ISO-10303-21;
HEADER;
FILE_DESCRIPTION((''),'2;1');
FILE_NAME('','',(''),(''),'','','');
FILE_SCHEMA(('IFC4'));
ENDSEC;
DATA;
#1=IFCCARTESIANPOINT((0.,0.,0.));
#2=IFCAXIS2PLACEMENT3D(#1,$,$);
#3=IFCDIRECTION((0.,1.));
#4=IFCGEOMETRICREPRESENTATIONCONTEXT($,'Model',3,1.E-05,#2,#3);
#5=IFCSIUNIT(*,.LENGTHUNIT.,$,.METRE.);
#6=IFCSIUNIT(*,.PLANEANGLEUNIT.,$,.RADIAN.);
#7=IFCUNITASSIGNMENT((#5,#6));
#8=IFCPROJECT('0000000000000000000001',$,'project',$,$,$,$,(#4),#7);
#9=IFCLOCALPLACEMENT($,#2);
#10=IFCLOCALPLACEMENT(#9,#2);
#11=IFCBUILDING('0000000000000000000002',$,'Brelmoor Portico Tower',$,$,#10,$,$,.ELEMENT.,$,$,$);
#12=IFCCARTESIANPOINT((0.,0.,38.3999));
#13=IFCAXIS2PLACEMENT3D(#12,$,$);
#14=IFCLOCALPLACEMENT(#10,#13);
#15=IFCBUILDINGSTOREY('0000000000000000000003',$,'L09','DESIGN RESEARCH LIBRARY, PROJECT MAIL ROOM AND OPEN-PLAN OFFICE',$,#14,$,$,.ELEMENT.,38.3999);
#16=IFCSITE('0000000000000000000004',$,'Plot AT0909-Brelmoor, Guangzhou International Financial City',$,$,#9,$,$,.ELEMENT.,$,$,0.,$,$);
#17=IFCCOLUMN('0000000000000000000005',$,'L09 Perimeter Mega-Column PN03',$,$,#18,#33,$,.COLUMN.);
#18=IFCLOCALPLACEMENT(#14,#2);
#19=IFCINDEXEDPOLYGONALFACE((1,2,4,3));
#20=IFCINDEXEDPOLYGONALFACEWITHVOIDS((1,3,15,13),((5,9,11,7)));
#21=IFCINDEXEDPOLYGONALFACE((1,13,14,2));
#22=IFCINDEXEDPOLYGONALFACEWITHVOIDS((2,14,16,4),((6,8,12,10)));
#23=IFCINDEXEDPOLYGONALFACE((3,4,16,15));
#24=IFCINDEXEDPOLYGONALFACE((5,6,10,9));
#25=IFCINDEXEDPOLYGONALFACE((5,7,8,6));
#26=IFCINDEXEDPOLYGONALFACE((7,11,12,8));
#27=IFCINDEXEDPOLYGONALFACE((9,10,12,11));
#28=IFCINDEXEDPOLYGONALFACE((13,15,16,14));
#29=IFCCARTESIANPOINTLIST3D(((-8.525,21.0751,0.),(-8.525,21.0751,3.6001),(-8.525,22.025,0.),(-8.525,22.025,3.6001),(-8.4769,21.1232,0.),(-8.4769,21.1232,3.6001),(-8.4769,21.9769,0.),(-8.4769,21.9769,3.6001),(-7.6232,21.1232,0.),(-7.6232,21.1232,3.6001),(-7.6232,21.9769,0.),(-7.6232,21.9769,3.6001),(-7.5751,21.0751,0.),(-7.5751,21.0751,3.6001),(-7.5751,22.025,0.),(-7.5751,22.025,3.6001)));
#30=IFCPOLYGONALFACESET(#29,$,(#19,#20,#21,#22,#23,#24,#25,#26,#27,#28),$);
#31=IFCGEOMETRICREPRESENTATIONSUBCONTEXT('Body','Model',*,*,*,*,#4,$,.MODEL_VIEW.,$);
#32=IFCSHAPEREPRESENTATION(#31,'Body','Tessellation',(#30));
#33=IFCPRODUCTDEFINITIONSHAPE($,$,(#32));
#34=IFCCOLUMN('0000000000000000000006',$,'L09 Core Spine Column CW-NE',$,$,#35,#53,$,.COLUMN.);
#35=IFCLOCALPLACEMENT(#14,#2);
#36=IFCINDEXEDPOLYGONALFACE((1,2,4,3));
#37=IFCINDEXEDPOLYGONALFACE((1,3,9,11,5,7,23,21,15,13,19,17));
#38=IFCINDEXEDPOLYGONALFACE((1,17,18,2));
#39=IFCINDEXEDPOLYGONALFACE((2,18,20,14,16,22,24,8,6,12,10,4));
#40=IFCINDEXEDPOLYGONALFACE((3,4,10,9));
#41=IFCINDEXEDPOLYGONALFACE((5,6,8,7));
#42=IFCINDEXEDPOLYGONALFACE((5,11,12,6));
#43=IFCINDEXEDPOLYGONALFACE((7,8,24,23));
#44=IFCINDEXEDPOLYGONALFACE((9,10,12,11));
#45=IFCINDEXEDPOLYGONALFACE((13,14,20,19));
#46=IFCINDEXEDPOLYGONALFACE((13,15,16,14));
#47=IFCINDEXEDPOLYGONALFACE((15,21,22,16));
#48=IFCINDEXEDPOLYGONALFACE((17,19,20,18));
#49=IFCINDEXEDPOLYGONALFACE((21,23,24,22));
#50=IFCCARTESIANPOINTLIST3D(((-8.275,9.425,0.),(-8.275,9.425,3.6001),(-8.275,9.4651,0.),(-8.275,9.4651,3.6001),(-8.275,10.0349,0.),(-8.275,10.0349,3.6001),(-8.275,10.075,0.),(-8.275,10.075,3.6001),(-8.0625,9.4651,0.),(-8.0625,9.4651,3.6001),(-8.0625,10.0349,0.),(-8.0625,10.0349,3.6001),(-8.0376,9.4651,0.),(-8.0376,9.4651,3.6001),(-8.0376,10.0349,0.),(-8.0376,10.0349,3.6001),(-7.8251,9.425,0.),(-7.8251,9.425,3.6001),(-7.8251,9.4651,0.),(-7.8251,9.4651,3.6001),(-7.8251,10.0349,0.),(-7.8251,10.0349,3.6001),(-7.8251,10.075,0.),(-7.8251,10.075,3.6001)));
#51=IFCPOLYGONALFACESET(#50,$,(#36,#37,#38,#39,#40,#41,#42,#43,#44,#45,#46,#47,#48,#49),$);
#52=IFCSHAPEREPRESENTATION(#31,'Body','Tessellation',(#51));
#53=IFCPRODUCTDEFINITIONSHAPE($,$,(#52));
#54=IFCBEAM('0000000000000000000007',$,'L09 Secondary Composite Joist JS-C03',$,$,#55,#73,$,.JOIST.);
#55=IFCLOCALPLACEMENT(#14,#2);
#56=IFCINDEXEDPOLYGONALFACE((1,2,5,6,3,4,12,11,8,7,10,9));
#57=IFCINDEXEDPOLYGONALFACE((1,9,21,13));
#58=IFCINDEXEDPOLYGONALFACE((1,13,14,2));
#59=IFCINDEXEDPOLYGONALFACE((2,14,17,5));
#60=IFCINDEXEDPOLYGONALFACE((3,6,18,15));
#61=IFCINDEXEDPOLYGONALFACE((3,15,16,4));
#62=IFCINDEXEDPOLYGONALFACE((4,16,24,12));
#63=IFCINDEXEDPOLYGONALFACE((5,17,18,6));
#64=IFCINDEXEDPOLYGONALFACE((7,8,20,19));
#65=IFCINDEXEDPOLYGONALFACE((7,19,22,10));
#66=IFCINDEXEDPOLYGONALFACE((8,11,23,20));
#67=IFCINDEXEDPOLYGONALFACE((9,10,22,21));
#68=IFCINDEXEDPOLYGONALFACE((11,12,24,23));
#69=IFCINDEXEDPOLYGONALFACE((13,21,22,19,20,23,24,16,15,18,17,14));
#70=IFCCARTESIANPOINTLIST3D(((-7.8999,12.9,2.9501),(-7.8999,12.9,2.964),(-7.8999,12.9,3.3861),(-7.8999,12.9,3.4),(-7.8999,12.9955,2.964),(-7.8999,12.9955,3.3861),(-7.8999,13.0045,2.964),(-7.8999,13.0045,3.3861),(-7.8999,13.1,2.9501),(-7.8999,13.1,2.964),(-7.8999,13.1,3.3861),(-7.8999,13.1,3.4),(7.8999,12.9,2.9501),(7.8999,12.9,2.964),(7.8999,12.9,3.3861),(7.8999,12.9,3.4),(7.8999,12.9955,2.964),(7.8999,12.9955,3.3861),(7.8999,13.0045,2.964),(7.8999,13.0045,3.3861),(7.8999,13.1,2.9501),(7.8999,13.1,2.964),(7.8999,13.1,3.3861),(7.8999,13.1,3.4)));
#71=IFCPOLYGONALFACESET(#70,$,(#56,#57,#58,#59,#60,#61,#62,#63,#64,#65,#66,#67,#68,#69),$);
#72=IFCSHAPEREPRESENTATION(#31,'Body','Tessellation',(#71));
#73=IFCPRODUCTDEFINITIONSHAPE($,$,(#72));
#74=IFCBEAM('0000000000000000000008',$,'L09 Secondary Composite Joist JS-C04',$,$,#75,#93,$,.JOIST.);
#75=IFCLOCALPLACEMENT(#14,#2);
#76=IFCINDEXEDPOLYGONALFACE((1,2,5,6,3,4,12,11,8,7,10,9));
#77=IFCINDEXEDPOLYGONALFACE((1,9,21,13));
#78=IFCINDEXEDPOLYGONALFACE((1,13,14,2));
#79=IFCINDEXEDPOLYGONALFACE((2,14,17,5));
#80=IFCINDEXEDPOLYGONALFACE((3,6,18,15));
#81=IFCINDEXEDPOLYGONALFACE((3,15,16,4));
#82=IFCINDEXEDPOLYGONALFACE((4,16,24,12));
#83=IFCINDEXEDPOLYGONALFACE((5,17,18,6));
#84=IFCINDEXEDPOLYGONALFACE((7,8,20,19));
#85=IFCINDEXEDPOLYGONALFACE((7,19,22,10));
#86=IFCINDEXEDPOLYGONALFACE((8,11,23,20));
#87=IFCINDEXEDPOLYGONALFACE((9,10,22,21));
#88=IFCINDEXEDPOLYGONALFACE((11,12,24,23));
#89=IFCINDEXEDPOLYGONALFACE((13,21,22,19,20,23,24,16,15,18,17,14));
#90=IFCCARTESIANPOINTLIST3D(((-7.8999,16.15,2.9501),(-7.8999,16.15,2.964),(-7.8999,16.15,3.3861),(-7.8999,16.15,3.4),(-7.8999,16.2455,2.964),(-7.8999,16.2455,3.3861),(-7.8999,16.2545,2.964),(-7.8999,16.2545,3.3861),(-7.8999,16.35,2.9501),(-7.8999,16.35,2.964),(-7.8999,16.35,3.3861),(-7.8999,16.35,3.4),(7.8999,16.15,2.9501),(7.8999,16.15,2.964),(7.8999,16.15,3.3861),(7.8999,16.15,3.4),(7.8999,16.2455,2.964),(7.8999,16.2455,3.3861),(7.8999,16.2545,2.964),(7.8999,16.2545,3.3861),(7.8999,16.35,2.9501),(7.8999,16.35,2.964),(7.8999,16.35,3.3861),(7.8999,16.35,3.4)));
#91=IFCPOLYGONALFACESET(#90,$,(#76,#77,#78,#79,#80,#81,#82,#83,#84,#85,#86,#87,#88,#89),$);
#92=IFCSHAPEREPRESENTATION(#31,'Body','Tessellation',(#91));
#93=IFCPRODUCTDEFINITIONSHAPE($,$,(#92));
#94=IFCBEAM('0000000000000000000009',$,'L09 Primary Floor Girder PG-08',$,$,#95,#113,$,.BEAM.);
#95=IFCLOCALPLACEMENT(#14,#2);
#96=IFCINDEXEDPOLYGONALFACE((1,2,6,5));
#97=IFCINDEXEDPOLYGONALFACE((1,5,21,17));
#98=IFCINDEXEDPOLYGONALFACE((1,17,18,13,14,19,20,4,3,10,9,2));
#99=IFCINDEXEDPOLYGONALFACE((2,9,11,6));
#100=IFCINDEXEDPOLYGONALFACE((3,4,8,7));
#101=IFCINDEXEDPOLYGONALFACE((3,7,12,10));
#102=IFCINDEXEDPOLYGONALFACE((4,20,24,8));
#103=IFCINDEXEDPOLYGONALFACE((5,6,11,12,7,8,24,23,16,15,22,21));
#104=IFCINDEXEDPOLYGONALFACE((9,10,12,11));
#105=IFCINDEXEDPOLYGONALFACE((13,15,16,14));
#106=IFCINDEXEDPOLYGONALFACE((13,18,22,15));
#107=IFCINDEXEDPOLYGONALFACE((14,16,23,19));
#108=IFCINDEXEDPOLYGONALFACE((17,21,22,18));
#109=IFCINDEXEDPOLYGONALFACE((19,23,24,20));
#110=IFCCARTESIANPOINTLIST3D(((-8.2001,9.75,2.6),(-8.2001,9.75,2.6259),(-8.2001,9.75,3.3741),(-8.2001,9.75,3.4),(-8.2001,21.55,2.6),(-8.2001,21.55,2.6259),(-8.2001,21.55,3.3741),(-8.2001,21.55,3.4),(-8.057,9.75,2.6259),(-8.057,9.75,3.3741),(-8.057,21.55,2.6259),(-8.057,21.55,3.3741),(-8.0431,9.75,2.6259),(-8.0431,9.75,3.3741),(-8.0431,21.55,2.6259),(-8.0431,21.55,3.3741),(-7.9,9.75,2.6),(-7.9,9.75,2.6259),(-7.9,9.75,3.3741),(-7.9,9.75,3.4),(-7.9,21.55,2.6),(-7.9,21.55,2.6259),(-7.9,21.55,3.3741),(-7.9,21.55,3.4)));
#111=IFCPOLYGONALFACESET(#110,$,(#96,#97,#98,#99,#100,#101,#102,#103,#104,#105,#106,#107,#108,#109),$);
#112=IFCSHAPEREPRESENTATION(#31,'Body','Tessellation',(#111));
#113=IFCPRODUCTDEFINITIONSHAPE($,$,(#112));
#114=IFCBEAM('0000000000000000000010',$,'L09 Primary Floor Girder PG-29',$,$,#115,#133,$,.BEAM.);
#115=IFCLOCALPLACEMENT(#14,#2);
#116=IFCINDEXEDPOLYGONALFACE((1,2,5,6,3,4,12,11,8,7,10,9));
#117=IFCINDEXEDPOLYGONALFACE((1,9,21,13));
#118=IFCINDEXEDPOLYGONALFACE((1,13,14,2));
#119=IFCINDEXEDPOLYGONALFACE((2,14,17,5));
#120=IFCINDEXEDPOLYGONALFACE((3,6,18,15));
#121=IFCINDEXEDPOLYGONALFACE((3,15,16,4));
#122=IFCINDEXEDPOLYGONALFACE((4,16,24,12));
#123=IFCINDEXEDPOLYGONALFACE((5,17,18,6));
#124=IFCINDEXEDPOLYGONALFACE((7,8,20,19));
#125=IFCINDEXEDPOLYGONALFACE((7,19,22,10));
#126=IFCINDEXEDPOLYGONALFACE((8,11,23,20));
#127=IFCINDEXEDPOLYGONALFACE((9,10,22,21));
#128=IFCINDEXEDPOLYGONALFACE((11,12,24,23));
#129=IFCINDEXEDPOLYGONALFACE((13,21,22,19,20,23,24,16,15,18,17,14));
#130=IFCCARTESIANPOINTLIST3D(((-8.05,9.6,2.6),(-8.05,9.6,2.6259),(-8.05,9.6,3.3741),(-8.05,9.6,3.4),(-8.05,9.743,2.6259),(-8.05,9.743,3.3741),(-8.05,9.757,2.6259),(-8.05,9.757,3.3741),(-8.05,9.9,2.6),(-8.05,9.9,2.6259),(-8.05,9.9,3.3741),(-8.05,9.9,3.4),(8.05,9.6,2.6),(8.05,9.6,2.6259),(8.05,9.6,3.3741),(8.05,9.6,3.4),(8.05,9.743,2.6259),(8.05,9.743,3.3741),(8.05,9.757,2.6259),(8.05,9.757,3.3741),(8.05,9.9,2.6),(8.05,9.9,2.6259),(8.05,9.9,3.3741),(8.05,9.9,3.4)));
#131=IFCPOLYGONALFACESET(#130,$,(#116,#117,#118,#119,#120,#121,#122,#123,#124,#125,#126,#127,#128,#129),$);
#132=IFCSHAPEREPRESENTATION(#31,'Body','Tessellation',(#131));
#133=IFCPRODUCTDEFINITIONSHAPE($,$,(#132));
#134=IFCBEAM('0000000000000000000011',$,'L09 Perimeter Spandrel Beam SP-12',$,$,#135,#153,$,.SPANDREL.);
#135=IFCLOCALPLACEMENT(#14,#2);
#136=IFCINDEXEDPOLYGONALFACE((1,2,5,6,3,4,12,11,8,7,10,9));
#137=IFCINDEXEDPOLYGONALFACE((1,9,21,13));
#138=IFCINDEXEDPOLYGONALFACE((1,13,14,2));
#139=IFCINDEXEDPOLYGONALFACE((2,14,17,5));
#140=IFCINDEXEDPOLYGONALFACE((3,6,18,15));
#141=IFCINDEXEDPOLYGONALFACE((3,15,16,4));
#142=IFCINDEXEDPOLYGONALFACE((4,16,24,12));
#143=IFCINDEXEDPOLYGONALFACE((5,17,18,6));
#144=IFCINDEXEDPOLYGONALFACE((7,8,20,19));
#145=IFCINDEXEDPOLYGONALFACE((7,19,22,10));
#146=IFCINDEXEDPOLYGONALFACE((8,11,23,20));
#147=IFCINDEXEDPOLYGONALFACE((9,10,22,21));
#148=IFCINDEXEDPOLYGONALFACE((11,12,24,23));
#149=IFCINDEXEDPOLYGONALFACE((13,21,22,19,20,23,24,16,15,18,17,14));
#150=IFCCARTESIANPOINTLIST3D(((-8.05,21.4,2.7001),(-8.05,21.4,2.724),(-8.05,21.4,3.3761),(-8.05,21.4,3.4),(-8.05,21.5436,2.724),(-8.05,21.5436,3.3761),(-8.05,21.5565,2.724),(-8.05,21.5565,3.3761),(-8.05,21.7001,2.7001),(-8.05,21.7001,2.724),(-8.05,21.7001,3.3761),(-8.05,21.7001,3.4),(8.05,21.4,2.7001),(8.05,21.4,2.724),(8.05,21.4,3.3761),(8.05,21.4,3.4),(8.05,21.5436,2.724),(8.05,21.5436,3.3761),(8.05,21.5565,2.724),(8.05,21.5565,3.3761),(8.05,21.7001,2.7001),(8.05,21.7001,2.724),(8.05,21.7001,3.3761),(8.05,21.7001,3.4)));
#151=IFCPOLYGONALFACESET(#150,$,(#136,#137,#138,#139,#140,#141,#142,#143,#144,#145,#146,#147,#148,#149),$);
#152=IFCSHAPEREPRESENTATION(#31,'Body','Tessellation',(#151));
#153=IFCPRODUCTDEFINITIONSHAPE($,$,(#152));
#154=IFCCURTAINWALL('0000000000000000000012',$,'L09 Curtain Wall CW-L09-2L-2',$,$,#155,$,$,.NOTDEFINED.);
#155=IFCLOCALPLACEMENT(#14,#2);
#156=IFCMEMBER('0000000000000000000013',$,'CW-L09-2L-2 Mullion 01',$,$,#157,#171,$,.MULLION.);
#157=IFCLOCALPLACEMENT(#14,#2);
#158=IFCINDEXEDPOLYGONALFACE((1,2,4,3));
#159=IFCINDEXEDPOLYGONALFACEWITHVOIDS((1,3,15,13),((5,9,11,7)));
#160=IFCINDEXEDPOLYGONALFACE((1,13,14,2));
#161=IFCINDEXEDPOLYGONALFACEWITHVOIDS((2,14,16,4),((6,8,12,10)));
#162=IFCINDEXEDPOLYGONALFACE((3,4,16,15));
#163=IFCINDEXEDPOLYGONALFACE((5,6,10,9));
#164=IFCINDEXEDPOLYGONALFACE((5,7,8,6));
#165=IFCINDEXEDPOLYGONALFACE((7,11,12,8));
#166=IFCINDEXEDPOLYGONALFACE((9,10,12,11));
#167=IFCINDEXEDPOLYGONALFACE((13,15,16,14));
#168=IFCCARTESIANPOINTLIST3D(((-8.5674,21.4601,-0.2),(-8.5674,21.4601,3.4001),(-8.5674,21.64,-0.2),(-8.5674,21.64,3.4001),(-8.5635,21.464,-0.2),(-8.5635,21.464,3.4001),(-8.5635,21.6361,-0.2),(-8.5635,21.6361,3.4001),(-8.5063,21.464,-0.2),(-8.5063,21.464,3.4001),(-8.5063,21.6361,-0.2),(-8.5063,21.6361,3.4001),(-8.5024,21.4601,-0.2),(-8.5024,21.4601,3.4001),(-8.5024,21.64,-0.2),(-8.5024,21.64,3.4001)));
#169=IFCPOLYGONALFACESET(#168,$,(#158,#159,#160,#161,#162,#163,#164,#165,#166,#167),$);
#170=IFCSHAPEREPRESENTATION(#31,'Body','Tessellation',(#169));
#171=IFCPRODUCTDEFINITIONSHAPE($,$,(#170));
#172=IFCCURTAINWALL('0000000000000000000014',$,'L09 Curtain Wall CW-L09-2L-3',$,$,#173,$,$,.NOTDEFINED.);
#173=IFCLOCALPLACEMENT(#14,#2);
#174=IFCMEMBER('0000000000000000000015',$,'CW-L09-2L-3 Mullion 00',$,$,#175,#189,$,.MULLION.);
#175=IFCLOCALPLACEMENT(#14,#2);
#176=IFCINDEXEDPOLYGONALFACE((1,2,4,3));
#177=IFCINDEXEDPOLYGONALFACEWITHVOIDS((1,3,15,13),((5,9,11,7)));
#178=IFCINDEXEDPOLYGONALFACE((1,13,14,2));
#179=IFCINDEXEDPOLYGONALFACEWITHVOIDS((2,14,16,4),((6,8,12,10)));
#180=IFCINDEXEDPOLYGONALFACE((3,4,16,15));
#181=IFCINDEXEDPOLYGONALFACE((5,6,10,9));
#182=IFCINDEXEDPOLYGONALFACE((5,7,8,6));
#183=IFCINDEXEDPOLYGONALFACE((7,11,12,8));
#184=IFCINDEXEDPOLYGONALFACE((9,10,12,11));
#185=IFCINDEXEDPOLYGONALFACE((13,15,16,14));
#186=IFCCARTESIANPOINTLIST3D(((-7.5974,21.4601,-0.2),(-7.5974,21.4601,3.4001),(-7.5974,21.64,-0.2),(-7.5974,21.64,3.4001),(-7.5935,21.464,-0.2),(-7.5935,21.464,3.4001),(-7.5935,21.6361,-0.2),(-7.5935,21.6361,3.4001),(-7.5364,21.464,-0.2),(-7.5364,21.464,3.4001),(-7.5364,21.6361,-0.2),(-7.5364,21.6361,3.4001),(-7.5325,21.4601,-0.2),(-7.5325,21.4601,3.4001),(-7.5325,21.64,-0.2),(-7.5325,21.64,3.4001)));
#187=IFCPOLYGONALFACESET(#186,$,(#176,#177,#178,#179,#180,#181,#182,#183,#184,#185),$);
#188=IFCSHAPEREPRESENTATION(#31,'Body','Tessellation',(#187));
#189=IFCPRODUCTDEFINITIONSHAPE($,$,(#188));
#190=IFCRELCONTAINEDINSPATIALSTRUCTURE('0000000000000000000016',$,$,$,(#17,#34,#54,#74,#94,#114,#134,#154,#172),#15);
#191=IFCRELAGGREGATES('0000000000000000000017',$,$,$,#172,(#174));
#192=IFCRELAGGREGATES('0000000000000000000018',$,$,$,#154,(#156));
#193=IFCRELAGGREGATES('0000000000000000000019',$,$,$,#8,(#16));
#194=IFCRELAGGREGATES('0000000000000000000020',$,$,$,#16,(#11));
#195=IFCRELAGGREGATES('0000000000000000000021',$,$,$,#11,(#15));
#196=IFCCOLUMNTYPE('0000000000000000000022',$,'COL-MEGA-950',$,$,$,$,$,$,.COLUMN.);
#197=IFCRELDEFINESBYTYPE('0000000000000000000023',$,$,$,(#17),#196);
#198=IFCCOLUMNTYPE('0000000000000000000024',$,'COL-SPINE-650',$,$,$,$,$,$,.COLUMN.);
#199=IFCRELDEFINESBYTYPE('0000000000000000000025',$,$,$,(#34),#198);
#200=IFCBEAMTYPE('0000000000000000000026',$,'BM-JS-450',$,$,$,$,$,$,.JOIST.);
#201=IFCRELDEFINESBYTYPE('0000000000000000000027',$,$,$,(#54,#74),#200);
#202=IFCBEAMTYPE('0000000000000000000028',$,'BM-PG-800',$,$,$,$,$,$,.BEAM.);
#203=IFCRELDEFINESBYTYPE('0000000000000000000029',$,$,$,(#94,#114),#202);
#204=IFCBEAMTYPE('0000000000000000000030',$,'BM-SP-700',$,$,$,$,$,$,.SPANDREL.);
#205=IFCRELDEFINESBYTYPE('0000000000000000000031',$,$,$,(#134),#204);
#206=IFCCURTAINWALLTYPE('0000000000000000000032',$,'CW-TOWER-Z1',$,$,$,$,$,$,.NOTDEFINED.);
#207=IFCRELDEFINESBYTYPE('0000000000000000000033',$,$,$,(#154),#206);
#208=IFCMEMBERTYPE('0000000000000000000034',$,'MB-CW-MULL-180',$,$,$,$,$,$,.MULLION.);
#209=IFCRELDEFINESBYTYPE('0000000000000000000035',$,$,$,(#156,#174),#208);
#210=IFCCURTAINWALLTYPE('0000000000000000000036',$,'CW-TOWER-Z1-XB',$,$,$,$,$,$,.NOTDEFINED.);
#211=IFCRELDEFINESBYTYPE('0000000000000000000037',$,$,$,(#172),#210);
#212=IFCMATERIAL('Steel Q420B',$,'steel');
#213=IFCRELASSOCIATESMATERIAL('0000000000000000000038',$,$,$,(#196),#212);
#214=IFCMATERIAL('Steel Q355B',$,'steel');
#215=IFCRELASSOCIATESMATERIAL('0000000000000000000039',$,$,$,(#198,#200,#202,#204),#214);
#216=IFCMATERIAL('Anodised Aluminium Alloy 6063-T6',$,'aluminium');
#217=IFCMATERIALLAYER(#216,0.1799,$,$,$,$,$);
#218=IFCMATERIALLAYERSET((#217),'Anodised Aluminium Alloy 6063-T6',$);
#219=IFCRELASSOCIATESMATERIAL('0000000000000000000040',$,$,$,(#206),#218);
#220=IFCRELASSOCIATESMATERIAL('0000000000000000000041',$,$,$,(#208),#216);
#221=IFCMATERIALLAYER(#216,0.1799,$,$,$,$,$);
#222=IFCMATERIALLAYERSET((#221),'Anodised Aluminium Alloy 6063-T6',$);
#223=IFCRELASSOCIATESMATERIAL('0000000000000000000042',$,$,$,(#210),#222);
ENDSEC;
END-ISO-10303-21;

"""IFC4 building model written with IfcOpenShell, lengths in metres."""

from ifc_helpers import new_model, si_unit, direction, frame, origin, origin_2d, place, context, subcontext, project, spatial, hollow_rectangle, i_section, extrude, material, layer, layer_set, material_profile, profile_set, type_object, element, aggregate, save


model = new_model("IFC4")

# Units and contexts
model_context = context("Model", 3, precision=1e-05, world=origin(), true_north=direction((0.0, 1.0)))
body_context = subcontext(model_context, "Body", "Model", "MODEL_VIEW")
ifc_project = project(units=[si_unit("LENGTHUNIT", "METRE"), si_unit("PLANEANGLEUNIT", "RADIAN")], contexts=[model_context])

# Site, building, storey
site_placement = place(None, origin())
site = spatial("IfcSite", under=ifc_project, at=site_placement, Name="Plot AT0909-Brelmoor, Guangzhou International Financial City", CompositionType="ELEMENT", RefElevation=0.0)
building_placement = place(site_placement, origin())
building = spatial("IfcBuilding", under=site, at=building_placement, Name="Brelmoor Portico Tower", CompositionType="ELEMENT")
storey_placement = place(building_placement, frame((0.0, 0.0, 38.3999)))
storey = spatial("IfcBuildingStorey", under=building, at=storey_placement, Name="L09", Description="DESIGN RESEARCH LIBRARY, PROJECT MAIL ROOM AND OPEN-PLAN OFFICE", CompositionType="ELEMENT", Elevation=38.3999)

# Columns
ifc_material_1 = material(Name="Steel Q420B", Category="steel")
ifc_material_profile_1 = material_profile(ifc_material_1, hollow_rectangle(XDim=0.95, YDim=0.95, WallThickness=0.0481, at=origin_2d()), Name="BOX 950x950x48")
ifc_profile_set_1 = profile_set([ifc_material_profile_1], Name="Steel Q420B")
column_type_1 = type_object("IfcColumnType", Name="COL-MEGA-950", PredefinedType="COLUMN", material=ifc_profile_set_1)
column_1_placement = place(storey_placement, frame((-8.05, 21.55, 0.0), z_axis=(0.0, 0.0, 1.0), x_axis=(1.0, 0.0, 0.0)))
element("IfcColumn", 1, at=column_1_placement, inside=storey, type_object=column_type_1, Name="L09 Perimeter Mega-Column PN03", PredefinedType="COLUMN", context=body_context, shape_type="SweptSolid", body=[
    extrude(hollow_rectangle(XDim=0.95, YDim=0.95, WallThickness=0.0481, at=origin_2d()), origin(), (0.0, 0.0, 1.0), 3.6001),
])
ifc_material_2 = material(Name="Steel Q355B", Category="steel")
ifc_material_profile_2 = material_profile(ifc_material_2, i_section(OverallWidth=0.45, OverallDepth=0.6499, WebThickness=0.0249, FlangeThickness=0.04, at=origin_2d()), Name="HW 650x450x25x40")
ifc_profile_set_2 = profile_set([ifc_material_profile_2], Name="Steel Q355B")
column_type_2 = type_object("IfcColumnType", Name="COL-SPINE-650", PredefinedType="COLUMN", material=ifc_profile_set_2)
column_2_placement = place(storey_placement, frame((-8.05, 9.75, 0.0), z_axis=(0.0, 0.0, 1.0), x_axis=(1.0, 0.0, 0.0)))
element("IfcColumn", 2, at=column_2_placement, inside=storey, type_object=column_type_2, Name="L09 Core Spine Column CW-NE", PredefinedType="COLUMN", context=body_context, shape_type="SweptSolid", body=[
    extrude(i_section(OverallWidth=0.45, OverallDepth=0.6499, WebThickness=0.0249, FlangeThickness=0.04, at=origin_2d()), origin(), (0.0, 0.0, 1.0), 3.6001),
])

# Beams
ifc_material_profile_3 = material_profile(ifc_material_2, i_section(OverallWidth=0.2, OverallDepth=0.45, WebThickness=0.009, FlangeThickness=0.0139, at=origin_2d()), Name="HN 450x200x9x14")
ifc_profile_set_3 = profile_set([ifc_material_profile_3], Name="Steel Q355B")
beam_type_1 = type_object("IfcBeamType", Name="BM-JS-450", PredefinedType="JOIST", material=ifc_profile_set_3)
for number, where, z_axis, x_axis, name in (
    (3, (-7.8999, 13.0, 3.175), (1.0, 0.0, 0.0), (0.0, 1.0, 0.0), "L09 Secondary Composite Joist JS-C03"),
    (4, (-7.8999, 16.25, 3.175), (1.0, 0.0, 0.0), (0.0, 1.0, 0.0), "L09 Secondary Composite Joist JS-C04"),
):
    element("IfcBeam", number, at=place(storey_placement, frame(where, z_axis=z_axis, x_axis=x_axis)), inside=storey, type_object=beam_type_1, Name=name, PredefinedType="JOIST", context=body_context, shape_type="SweptSolid", body=[
        extrude(i_section(OverallWidth=0.2, OverallDepth=0.45, WebThickness=0.009, FlangeThickness=0.0139, at=origin_2d()), origin(), (0.0, 0.0, 1.0), 15.7998),
    ])
ifc_material_profile_4 = material_profile(ifc_material_2, i_section(OverallWidth=0.3, OverallDepth=0.8, WebThickness=0.0139, FlangeThickness=0.0259, at=origin_2d()), Name="HN 800x300x14x26")
ifc_profile_set_4 = profile_set([ifc_material_profile_4], Name="Steel Q355B")
beam_type_2 = type_object("IfcBeamType", Name="BM-PG-800", PredefinedType="BEAM", material=ifc_profile_set_4)
beam_1_placement = place(storey_placement, frame((-8.05, 9.75, 3.0), z_axis=(0.0, 1.0, 0.0), x_axis=(-1.0, 0.0, 0.0)))
element("IfcBeam", 5, at=beam_1_placement, inside=storey, type_object=beam_type_2, Name="L09 Primary Floor Girder PG-08", PredefinedType="BEAM", context=body_context, shape_type="SweptSolid", body=[
    extrude(i_section(OverallWidth=0.3, OverallDepth=0.8, WebThickness=0.0139, FlangeThickness=0.0259, at=origin_2d()), origin(), (0.0, 0.0, 1.0), 11.8),
])
beam_2_placement = place(storey_placement, frame((-8.05, 9.75, 3.0), z_axis=(1.0, 0.0, 0.0), x_axis=(0.0, 1.0, 0.0)))
element("IfcBeam", 6, at=beam_2_placement, inside=storey, type_object=beam_type_2, Name="L09 Primary Floor Girder PG-29", PredefinedType="BEAM", context=body_context, shape_type="SweptSolid", body=[
    extrude(i_section(OverallWidth=0.3, OverallDepth=0.8, WebThickness=0.0139, FlangeThickness=0.0259, at=origin_2d()), origin(), (0.0, 0.0, 1.0), 16.1001),
])
ifc_material_profile_5 = material_profile(ifc_material_2, i_section(OverallWidth=0.3, OverallDepth=0.7, WebThickness=0.0129, FlangeThickness=0.0239, at=origin_2d()), Name="HN 700x300x13x24")
ifc_profile_set_5 = profile_set([ifc_material_profile_5], Name="Steel Q355B")
beam_type_3 = type_object("IfcBeamType", Name="BM-SP-700", PredefinedType="SPANDREL", material=ifc_profile_set_5)
beam_3_placement = place(storey_placement, frame((-8.05, 21.55, 3.05), z_axis=(1.0, 0.0, 0.0), x_axis=(0.0, 1.0, 0.0)))
element("IfcBeam", 7, at=beam_3_placement, inside=storey, type_object=beam_type_3, Name="L09 Perimeter Spandrel Beam SP-12", PredefinedType="SPANDREL", context=body_context, shape_type="SweptSolid", body=[
    extrude(i_section(OverallWidth=0.3, OverallDepth=0.7, WebThickness=0.0129, FlangeThickness=0.0239, at=origin_2d()), origin(), (0.0, 0.0, 1.0), 16.1001),
])

# Curtain wall, member
ifc_material_3 = material(Name="Anodised Aluminium Alloy 6063-T6", Category="aluminium")
ifc_layer_1 = layer(ifc_material_3, 0.1799)
ifc_layer_set_1 = layer_set([ifc_layer_1], Name="Anodised Aluminium Alloy 6063-T6")
curtain_wall_type_1 = type_object("IfcCurtainWallType", Name="CW-TOWER-Z1", PredefinedType="NOTDEFINED", material=ifc_layer_set_1)
curtain_wall_1_placement = place(storey_placement, origin())
curtain_wall_1 = element("IfcCurtainWall", 8, at=curtain_wall_1_placement, inside=storey, type_object=curtain_wall_type_1, Name="L09 Curtain Wall CW-L09-2L-2", PredefinedType="NOTDEFINED")
ifc_material_profile_6 = material_profile(ifc_material_3, hollow_rectangle(XDim=0.0649, YDim=0.1799, WallThickness=0.0039, at=origin_2d()), Name="ALU MULLION 65x180")
ifc_profile_set_6 = profile_set([ifc_material_profile_6], Name="Anodised Aluminium Alloy 6063-T6")
member_type_1 = type_object("IfcMemberType", Name="MB-CW-MULL-180", PredefinedType="MULLION", material=ifc_profile_set_6)
member_1_placement = place(storey_placement, frame((-8.5349, 21.55, -0.2), z_axis=(0.0, 0.0, 1.0), x_axis=(1.0, 0.0, 0.0)))
member_1 = element("IfcMember", 9, at=member_1_placement, type_object=member_type_1, Name="CW-L09-2L-2 Mullion 01", PredefinedType="MULLION", context=body_context, shape_type="SweptSolid", body=[
    extrude(hollow_rectangle(XDim=0.0649, YDim=0.1799, WallThickness=0.0039, at=origin_2d()), origin(), (0.0, 0.0, 1.0), 3.6001),
])

# Curtain wall, member
ifc_layer_2 = layer(ifc_material_3, 0.1799)
ifc_layer_set_2 = layer_set([ifc_layer_2], Name="Anodised Aluminium Alloy 6063-T6")
curtain_wall_type_2 = type_object("IfcCurtainWallType", Name="CW-TOWER-Z1-XB", PredefinedType="NOTDEFINED", material=ifc_layer_set_2)
curtain_wall_2_placement = place(storey_placement, origin())
curtain_wall_2 = element("IfcCurtainWall", 10, at=curtain_wall_2_placement, inside=storey, type_object=curtain_wall_type_2, Name="L09 Curtain Wall CW-L09-2L-3", PredefinedType="NOTDEFINED")
member_2_placement = place(storey_placement, frame((-7.5649, 21.55, -0.2), z_axis=(0.0, 0.0, 1.0), x_axis=(1.0, 0.0, 0.0)))
member_2 = element("IfcMember", 11, at=member_2_placement, type_object=member_type_1, Name="CW-L09-2L-3 Mullion 00", PredefinedType="MULLION", context=body_context, shape_type="SweptSolid", body=[
    extrude(hollow_rectangle(XDim=0.0649, YDim=0.1799, WallThickness=0.0039, at=origin_2d()), origin(), (0.0, 0.0, 1.0), 3.6001),
])
aggregate(curtain_wall_2, [member_2])

aggregate(curtain_wall_1, [member_1])

save(model, "model.ifc")
